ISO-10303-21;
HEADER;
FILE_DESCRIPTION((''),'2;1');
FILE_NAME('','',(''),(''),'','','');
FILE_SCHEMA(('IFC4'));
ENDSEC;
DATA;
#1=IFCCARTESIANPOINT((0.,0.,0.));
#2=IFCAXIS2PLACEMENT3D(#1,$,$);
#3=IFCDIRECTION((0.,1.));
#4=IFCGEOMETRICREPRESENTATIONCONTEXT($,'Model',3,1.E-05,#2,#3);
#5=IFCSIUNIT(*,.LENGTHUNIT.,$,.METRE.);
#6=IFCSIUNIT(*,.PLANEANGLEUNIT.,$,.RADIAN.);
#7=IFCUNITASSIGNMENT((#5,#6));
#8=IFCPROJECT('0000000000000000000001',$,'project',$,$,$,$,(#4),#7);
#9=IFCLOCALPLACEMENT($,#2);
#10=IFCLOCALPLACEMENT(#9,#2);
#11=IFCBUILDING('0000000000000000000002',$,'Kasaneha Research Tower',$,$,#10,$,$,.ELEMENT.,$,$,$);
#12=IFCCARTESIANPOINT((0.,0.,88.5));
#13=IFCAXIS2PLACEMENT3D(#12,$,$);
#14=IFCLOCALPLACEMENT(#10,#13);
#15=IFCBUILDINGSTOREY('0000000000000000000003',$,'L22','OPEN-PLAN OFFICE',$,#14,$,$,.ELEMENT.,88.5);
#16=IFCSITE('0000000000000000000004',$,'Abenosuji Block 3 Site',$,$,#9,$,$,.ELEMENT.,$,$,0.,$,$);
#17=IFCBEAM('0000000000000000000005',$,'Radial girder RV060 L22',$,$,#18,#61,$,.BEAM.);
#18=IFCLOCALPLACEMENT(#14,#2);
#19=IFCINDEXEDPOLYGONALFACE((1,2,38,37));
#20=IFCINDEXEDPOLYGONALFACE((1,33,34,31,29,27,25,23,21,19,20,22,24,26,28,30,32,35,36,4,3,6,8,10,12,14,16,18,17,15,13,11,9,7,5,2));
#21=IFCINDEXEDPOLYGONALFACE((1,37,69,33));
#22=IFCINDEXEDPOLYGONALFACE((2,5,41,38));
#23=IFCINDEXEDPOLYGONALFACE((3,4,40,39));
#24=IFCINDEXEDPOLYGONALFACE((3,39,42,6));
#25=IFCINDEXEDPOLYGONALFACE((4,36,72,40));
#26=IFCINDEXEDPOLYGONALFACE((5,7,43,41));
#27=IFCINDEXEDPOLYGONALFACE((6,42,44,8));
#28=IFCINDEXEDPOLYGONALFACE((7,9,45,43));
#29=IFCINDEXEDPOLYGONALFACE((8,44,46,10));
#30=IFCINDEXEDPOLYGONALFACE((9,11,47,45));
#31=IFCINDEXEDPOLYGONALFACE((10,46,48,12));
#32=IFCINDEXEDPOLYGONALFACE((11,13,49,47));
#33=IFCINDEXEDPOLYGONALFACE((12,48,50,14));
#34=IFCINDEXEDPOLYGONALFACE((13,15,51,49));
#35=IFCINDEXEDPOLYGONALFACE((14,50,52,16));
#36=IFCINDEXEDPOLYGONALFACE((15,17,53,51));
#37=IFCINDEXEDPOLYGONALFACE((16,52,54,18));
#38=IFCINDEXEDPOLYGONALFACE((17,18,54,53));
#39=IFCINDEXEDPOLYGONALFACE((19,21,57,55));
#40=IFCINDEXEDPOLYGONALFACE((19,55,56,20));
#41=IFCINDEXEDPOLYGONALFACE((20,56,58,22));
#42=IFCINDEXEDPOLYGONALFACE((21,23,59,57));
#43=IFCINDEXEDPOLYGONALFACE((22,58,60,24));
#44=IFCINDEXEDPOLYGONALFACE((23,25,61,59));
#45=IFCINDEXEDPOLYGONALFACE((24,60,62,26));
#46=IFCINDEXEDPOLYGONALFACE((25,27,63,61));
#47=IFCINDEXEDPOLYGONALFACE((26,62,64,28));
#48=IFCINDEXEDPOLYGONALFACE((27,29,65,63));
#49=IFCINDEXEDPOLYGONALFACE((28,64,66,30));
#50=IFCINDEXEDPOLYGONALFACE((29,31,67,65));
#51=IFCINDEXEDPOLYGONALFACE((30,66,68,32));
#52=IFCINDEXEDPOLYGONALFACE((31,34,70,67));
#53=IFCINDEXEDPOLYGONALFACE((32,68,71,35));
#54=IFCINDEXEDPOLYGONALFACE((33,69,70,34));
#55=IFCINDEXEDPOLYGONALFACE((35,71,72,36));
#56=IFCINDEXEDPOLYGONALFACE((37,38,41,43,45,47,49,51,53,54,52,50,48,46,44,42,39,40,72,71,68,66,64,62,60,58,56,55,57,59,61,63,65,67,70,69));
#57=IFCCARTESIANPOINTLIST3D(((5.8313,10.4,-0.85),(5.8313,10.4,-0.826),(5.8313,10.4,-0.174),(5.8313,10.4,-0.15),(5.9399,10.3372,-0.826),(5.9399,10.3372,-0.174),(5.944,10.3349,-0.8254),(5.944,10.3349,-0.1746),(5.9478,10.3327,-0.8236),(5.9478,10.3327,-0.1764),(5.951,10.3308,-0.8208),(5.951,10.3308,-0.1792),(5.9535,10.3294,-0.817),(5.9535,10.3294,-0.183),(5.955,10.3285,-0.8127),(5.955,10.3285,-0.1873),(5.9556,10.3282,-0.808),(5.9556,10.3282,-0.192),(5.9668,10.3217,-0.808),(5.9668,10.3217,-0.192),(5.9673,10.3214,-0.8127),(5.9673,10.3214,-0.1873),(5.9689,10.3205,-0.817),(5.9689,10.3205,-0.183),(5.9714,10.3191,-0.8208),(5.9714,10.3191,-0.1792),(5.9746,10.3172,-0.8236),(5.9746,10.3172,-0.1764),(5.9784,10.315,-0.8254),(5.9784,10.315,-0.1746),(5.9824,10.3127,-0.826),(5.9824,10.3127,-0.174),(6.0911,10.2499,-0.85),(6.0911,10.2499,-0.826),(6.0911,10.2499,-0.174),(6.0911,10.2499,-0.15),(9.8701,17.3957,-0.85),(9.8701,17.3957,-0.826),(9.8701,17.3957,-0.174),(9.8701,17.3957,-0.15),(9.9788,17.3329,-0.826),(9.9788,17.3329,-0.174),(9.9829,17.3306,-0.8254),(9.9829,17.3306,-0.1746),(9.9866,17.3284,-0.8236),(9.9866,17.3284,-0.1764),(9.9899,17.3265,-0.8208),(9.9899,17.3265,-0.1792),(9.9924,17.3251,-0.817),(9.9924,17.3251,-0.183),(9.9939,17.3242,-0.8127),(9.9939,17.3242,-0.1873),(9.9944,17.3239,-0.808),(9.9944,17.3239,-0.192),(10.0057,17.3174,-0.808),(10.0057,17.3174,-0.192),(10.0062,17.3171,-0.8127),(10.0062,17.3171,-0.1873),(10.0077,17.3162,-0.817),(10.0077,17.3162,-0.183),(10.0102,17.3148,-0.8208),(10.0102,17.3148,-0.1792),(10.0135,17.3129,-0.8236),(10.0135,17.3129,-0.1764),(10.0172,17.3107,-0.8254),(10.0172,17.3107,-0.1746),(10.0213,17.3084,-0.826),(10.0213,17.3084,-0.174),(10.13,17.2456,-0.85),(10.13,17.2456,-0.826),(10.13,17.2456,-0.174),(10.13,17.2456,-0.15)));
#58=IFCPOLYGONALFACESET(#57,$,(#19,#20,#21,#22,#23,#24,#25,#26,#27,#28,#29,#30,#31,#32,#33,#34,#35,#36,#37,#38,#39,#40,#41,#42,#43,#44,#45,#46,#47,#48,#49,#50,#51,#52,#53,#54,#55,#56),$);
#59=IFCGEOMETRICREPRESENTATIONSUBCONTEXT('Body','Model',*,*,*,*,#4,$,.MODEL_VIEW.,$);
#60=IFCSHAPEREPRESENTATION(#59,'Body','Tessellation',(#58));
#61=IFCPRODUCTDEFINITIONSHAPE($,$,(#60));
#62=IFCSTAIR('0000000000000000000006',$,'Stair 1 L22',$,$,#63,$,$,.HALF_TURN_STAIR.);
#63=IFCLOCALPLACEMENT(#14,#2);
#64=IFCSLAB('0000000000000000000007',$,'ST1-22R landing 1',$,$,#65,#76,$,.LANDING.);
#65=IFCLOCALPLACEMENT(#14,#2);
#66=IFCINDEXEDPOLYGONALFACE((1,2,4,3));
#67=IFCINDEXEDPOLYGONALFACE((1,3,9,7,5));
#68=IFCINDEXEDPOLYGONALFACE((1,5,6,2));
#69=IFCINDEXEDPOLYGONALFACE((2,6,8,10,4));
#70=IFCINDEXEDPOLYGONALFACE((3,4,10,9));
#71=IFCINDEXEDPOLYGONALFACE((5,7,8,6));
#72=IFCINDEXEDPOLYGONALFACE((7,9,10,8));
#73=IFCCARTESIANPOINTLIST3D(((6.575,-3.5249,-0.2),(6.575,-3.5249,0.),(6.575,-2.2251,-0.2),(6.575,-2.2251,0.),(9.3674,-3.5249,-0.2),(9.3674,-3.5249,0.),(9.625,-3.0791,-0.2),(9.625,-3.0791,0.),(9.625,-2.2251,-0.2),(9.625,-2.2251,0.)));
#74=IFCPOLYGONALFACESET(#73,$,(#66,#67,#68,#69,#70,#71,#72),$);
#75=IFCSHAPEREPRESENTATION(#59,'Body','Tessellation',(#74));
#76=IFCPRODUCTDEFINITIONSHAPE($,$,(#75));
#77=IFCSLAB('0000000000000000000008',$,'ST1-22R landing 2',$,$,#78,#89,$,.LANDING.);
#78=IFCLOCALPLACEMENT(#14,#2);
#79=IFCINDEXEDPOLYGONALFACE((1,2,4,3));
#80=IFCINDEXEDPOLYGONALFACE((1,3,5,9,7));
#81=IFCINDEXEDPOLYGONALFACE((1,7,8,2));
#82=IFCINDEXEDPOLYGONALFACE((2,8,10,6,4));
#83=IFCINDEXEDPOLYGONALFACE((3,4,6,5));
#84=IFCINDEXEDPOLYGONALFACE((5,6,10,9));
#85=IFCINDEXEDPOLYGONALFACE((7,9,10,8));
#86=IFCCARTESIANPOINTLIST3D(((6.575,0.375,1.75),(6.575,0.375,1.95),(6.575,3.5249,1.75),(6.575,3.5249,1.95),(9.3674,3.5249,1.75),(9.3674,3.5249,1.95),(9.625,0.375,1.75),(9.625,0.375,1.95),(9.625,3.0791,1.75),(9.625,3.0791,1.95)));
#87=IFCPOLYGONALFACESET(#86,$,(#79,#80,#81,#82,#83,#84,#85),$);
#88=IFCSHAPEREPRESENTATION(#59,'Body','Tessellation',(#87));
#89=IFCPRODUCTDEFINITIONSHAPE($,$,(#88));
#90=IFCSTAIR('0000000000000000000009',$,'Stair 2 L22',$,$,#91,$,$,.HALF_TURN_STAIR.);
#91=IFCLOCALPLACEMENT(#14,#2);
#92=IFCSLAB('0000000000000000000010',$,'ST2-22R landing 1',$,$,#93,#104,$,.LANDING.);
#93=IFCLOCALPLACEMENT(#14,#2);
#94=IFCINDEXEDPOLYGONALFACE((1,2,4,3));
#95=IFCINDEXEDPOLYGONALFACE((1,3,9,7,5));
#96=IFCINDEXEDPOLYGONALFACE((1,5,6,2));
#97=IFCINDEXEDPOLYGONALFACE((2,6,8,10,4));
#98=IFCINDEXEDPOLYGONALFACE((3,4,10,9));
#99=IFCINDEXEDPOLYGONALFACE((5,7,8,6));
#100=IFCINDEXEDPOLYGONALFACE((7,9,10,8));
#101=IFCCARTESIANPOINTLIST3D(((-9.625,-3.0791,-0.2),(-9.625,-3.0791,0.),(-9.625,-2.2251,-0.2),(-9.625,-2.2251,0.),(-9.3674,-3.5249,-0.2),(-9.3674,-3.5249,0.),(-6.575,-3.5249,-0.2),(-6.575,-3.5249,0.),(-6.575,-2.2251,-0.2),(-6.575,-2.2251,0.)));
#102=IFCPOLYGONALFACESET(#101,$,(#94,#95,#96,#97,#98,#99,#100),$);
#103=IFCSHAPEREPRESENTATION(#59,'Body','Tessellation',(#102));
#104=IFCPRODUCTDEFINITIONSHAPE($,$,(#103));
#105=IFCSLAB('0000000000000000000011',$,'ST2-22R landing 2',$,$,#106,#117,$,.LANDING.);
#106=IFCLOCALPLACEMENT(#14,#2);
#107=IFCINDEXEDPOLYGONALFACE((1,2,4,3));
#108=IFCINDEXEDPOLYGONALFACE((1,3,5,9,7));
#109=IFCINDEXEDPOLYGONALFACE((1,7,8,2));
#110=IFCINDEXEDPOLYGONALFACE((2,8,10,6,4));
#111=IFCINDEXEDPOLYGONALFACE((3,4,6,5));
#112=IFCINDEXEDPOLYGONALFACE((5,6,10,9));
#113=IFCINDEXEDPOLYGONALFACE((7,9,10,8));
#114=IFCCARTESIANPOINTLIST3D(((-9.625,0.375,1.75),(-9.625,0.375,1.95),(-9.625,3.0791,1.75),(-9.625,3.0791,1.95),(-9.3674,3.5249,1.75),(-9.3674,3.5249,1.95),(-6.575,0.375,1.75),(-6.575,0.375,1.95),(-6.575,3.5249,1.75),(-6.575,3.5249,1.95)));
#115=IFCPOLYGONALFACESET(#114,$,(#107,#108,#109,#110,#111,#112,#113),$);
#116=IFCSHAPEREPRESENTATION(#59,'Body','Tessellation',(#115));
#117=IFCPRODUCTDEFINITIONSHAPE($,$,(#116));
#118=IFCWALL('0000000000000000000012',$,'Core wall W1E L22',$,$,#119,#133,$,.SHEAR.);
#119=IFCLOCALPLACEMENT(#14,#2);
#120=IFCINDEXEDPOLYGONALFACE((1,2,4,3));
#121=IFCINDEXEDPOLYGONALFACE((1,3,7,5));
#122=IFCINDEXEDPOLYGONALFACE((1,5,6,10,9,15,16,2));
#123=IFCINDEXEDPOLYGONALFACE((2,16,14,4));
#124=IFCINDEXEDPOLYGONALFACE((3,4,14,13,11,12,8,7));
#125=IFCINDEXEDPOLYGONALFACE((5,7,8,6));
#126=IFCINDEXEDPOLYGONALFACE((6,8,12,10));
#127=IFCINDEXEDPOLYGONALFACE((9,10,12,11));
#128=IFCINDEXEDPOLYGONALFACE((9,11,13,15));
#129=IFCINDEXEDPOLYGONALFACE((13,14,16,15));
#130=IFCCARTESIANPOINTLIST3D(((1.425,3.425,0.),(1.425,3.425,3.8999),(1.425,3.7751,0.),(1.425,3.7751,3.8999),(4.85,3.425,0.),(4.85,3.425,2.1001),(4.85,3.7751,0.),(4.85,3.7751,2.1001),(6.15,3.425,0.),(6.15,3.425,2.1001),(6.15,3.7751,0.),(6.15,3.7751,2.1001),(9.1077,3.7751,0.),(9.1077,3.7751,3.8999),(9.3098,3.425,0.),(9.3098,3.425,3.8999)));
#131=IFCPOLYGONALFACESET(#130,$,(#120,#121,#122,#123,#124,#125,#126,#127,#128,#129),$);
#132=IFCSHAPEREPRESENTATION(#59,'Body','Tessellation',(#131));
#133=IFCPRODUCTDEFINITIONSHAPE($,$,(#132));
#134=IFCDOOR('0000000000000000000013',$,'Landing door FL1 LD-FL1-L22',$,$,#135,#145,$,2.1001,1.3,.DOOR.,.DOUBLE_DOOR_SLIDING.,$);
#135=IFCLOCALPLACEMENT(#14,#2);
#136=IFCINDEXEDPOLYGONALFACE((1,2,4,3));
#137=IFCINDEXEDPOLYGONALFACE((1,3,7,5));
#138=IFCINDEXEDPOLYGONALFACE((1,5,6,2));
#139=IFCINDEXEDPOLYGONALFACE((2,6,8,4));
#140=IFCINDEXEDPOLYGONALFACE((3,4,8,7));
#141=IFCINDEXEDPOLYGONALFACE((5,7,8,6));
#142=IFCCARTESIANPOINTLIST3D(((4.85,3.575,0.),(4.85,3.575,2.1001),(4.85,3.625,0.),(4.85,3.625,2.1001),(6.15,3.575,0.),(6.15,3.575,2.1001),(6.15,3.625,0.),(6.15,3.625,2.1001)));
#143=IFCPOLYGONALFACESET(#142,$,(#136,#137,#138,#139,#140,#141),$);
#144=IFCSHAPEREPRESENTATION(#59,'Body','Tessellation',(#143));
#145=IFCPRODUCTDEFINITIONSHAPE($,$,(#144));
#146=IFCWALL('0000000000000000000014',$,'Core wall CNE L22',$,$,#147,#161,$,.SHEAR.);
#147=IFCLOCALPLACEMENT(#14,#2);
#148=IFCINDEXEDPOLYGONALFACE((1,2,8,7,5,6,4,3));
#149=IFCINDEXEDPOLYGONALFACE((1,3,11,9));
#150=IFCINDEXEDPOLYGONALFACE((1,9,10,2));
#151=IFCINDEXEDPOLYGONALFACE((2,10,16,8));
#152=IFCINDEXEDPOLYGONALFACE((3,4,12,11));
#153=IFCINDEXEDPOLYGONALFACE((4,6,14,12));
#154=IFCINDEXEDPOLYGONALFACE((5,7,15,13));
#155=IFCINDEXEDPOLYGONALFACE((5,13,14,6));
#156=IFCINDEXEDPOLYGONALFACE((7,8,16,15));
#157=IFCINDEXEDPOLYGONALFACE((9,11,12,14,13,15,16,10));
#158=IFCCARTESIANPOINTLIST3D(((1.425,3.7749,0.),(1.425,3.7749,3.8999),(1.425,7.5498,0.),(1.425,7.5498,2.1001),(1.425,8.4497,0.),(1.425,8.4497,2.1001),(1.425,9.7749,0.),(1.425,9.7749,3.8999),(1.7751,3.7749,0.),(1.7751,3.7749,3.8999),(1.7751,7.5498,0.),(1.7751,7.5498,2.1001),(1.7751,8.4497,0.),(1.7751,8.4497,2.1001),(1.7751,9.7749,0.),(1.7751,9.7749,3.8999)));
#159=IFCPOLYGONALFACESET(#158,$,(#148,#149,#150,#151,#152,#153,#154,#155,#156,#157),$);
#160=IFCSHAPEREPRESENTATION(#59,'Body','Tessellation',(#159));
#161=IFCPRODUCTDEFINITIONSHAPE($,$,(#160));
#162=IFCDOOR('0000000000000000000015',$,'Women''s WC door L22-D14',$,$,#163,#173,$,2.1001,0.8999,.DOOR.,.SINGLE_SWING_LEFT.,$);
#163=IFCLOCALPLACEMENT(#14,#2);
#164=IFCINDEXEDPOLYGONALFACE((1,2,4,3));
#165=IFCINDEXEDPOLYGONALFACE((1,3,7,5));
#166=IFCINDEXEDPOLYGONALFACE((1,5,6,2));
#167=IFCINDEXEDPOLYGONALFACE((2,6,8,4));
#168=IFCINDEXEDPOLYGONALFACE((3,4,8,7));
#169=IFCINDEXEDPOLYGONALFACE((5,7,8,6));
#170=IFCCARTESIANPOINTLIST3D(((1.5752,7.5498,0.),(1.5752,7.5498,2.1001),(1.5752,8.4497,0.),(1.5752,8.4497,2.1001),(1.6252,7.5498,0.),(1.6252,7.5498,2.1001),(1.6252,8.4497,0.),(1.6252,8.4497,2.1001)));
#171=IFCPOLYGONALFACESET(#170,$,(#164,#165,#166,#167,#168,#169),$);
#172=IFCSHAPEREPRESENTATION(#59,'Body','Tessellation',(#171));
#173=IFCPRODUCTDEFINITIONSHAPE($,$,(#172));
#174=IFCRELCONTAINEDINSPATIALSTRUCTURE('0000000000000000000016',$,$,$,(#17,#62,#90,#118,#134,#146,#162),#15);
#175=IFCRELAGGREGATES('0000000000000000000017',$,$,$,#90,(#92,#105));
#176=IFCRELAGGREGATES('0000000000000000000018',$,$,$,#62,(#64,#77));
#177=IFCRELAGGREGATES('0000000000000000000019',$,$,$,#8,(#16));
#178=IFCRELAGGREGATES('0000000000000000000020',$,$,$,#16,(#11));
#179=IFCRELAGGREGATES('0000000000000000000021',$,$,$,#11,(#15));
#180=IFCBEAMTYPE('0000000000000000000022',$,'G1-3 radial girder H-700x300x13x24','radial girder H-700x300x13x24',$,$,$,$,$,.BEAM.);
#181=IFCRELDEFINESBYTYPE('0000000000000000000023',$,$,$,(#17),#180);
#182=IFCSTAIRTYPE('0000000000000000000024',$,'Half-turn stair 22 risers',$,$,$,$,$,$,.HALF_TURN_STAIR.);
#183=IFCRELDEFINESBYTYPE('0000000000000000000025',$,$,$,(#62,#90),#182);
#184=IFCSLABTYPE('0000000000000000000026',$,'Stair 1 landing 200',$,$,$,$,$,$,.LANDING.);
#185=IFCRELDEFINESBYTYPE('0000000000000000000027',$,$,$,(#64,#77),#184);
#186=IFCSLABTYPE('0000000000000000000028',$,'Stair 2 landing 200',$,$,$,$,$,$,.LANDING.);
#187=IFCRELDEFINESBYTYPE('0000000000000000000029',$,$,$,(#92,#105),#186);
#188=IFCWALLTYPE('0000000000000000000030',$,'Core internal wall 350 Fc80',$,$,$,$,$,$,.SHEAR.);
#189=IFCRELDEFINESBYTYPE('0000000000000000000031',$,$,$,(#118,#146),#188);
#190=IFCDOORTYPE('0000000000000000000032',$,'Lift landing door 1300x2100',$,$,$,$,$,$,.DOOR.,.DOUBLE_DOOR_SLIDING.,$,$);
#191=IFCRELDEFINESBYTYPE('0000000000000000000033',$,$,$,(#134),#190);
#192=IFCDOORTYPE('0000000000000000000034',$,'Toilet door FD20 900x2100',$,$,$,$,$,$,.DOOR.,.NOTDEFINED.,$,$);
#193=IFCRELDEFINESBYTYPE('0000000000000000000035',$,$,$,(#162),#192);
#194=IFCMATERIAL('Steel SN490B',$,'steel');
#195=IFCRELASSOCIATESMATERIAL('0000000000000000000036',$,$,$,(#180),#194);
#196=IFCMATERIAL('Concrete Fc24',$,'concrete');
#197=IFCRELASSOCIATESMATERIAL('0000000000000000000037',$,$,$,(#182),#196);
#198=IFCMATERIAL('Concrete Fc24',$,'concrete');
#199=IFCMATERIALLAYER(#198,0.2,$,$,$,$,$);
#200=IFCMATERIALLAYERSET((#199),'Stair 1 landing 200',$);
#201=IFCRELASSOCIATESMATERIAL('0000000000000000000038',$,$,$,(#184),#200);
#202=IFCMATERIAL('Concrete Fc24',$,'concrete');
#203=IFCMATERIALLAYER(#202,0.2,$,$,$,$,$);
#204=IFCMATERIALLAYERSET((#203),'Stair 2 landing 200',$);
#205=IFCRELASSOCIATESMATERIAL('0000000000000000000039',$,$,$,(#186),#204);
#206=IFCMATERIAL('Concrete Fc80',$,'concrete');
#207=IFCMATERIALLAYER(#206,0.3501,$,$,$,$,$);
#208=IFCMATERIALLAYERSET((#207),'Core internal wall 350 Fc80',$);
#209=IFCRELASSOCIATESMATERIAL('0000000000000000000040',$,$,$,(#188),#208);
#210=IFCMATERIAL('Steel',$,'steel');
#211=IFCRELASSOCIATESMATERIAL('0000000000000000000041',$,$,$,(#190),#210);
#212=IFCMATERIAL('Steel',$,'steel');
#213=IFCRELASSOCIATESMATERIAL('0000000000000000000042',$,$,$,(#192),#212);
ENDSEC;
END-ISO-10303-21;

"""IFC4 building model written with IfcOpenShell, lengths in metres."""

from ifc_helpers import new_model, si_unit, direction, frame, frame_2d, origin, origin_2d, place, context, subcontext, project, spatial, polyline, rectangle, i_section, outline, extrude, material, layer, layer_set, material_profile, profile_set, type_object, element, fill, aggregate, save


model = new_model("IFC4")

# Units and contexts
model_context = context("Model", 3, precision=1e-05, world=origin(), true_north=direction((0.0, 1.0)))
body_context = subcontext(model_context, "Body", "Model", "MODEL_VIEW")
ifc_project = project(units=[si_unit("LENGTHUNIT", "METRE"), si_unit("PLANEANGLEUNIT", "RADIAN")], contexts=[model_context])

# Site, building, storey
site_placement = place(None, origin())
site = spatial("IfcSite", under=ifc_project, at=site_placement, Name="Abenosuji Block 3 Site", CompositionType="ELEMENT", RefElevation=0.0)
building_placement = place(site_placement, origin())
building = spatial("IfcBuilding", under=site, at=building_placement, Name="Kasaneha Research Tower", CompositionType="ELEMENT")
storey_placement = place(building_placement, frame((0.0, 0.0, 88.5)))
storey = spatial("IfcBuildingStorey", under=building, at=storey_placement, Name="L22", Description="OPEN-PLAN OFFICE", CompositionType="ELEMENT", Elevation=88.5)

# Beam
ifc_material_1 = material(Name="Steel SN490B", Category="steel")
ifc_material_profile = material_profile(ifc_material_1, i_section(OverallWidth=0.3, OverallDepth=0.7, WebThickness=0.0129, FlangeThickness=0.0239, FilletRadius=0.0181, at=origin_2d()), Name="H-700x300x13x24")
ifc_profile_set = profile_set([ifc_material_profile], Name="Steel SN490B")
beam_type = type_object("IfcBeamType", Name="G1-3 radial girder H-700x300x13x24", Description="radial girder H-700x300x13x24", PredefinedType="BEAM", material=ifc_profile_set)
beam_placement = place(storey_placement, frame((5.9612, 10.325, -0.5), z_axis=(0.499991, 0.866031, 0.0), x_axis=(-0.866031, 0.499991, 0.0)))
element("IfcBeam", 1, at=beam_placement, inside=storey, type_object=beam_type, Name="Radial girder RV060 L22", PredefinedType="BEAM", context=body_context, shape_type="SweptSolid", body=[
    extrude(i_section(OverallWidth=0.3, OverallDepth=0.7, WebThickness=0.0129, FlangeThickness=0.0239, FilletRadius=0.0181, at=origin_2d()), origin(), (0.0, 0.0, 1.0), 8.0779),
])

# Stairs, slabs
ifc_material_2 = material(Name="Concrete Fc24", Category="concrete")
stair_type = type_object("IfcStairType", Name="Half-turn stair 22 risers", PredefinedType="HALF_TURN_STAIR", material=ifc_material_2)
stair_1_placement = place(storey_placement, origin())
stair_1 = element("IfcStair", 2, at=stair_1_placement, inside=storey, type_object=stair_type, Name="Stair 1 L22", PredefinedType="HALF_TURN_STAIR")
ifc_material_3 = material(Name="Concrete Fc24", Category="concrete")
ifc_layer_1 = layer(ifc_material_3, 0.2)
ifc_layer_set_1 = layer_set([ifc_layer_1], Name="Stair 1 landing 200")
slab_type_1 = type_object("IfcSlabType", Name="Stair 1 landing 200", PredefinedType="LANDING", material=ifc_layer_set_1)
slab_1_placement = place(storey_placement, frame((0.0, 0.0, -0.2)))
slab_1 = element("IfcSlab", 3, at=slab_1_placement, type_object=slab_type_1, Name="ST1-22R landing 1", PredefinedType="LANDING", context=body_context, shape_type="SweptSolid", body=[
    extrude(outline(polyline([(9.3674, -3.5249), (6.575, -3.5249), (6.575, -2.2251), (9.625, -2.2251), (9.625, -3.0791), (9.3674, -3.5249)])), origin(), (0.0, 0.0, 1.0), 0.2),
])
slab_2_placement = place(storey_placement, frame((0.0, 0.0, 1.75)))
slab_2 = element("IfcSlab", 4, at=slab_2_placement, type_object=slab_type_1, Name="ST1-22R landing 2", PredefinedType="LANDING", context=body_context, shape_type="SweptSolid", body=[
    extrude(outline(polyline([(6.575, 3.5249), (9.3674, 3.5249), (9.625, 3.0791), (9.625, 0.375), (6.575, 0.375), (6.575, 3.5249)])), origin(), (0.0, 0.0, 1.0), 0.2),
])
stair_2_placement = place(storey_placement, origin())
stair_2 = element("IfcStair", 5, at=stair_2_placement, inside=storey, type_object=stair_type, Name="Stair 2 L22", PredefinedType="HALF_TURN_STAIR")
ifc_material_4 = material(Name="Concrete Fc24", Category="concrete")
ifc_layer_2 = layer(ifc_material_4, 0.2)
ifc_layer_set_2 = layer_set([ifc_layer_2], Name="Stair 2 landing 200")
slab_type_2 = type_object("IfcSlabType", Name="Stair 2 landing 200", PredefinedType="LANDING", material=ifc_layer_set_2)
slab_3_placement = place(storey_placement, frame((0.0, 0.0, -0.2)))
slab_3 = element("IfcSlab", 6, at=slab_3_placement, type_object=slab_type_2, Name="ST2-22R landing 1", PredefinedType="LANDING", context=body_context, shape_type="SweptSolid", body=[
    extrude(outline(polyline([(-6.575, -3.5249), (-9.3674, -3.5249), (-9.625, -3.0791), (-9.625, -2.2251), (-6.575, -2.2251), (-6.575, -3.5249)])), origin(), (0.0, 0.0, 1.0), 0.2),
])
slab_4_placement = place(storey_placement, frame((0.0, 0.0, 1.75)))
slab_4 = element("IfcSlab", 7, at=slab_4_placement, type_object=slab_type_2, Name="ST2-22R landing 2", PredefinedType="LANDING", context=body_context, shape_type="SweptSolid", body=[
    extrude(outline(polyline([(-6.575, 0.375), (-9.625, 0.375), (-9.625, 3.0791), (-9.3674, 3.5249), (-6.575, 3.5249), (-6.575, 0.375)])), origin(), (0.0, 0.0, 1.0), 0.2),
])
aggregate(stair_2, [slab_3, slab_4])

# Walls, openings, doors
ifc_material_5 = material(Name="Concrete Fc80", Category="concrete")
ifc_layer_3 = layer(ifc_material_5, 0.3501)
ifc_layer_set_3 = layer_set([ifc_layer_3], Name="Core internal wall 350 Fc80")
wall_type_1 = type_object("IfcWallType", Name="Core internal wall 350 Fc80", PredefinedType="SHEAR", material=ifc_layer_set_3)
wall_1_placement = place(storey_placement, frame((1.425, 3.6001, 0.0), z_axis=(0.0, 0.0, 1.0), x_axis=(1.0, 0.0, 0.0)))
wall_1 = element("IfcWall", 8, at=wall_1_placement, inside=storey, type_object=wall_type_1, Name="Core wall W1E L22", PredefinedType="SHEAR", context=body_context, shape_type="SweptSolid", body=[
    extrude(outline(polyline([(0.0, -0.175), (3.425, -0.175), (4.7251, -0.175), (7.8848, -0.175), (7.6826, 0.175), (4.7251, 0.175), (3.425, 0.175), (0.0, 0.175), (0.0, -0.175)])), origin(), (0.0, 0.0, 1.0), 3.8999),
])
opening_1_placement = place(wall_1_placement, frame((3.425, 0.0, 0.0)))
opening_1 = element("IfcOpeningElement", 9, at=opening_1_placement, cuts=wall_1, PredefinedType="OPENING", context=body_context, shape_type="SweptSolid", body=[
    extrude(rectangle(XDim=1.3, YDim=2.1001, at=frame_2d((0.6499, 1.05))), frame((0.0, 0.1851, 0.0), z_axis=(0.0, -1.0, 0.0), x_axis=(1.0, 0.0, 0.0)), (0.0, 0.0, 1.0), 0.3701),
])
ifc_material_6 = material(Name="Steel", Category="steel")
door_type_1 = type_object("IfcDoorType", Name="Lift landing door 1300x2100", OperationType="DOUBLE_DOOR_SLIDING", PredefinedType="DOOR", material=ifc_material_6)
door_1_placement = place(opening_1_placement, origin())
door_1 = element("IfcDoor", 10, at=door_1_placement, inside=storey, type_object=door_type_1, Name="Landing door FL1 LD-FL1-L22", OperationType="DOUBLE_DOOR_SLIDING", OverallHeight=2.1001, OverallWidth=1.3, PredefinedType="DOOR", context=body_context, shape_type="SweptSolid", body=[
    extrude(rectangle(XDim=1.3, YDim=2.1001, at=frame_2d((0.6499, 1.05))), frame((0.0, 0.0249, 0.0), z_axis=(0.0, -1.0, 0.0), x_axis=(1.0, 0.0, 0.0)), (0.0, 0.0, 1.0), 0.05),
])
fill(opening_1, door_1)
wall_2_placement = place(storey_placement, frame((1.6001, 3.7749, 0.0), z_axis=(0.0, 0.0, 1.0), x_axis=(0.0, 1.0, 0.0)))
wall_2 = element("IfcWall", 11, at=wall_2_placement, inside=storey, type_object=wall_type_1, Name="Core wall CNE L22", PredefinedType="SHEAR", context=body_context, shape_type="SweptSolid", body=[
    extrude(rectangle(XDim=6.0, YDim=0.3501, at=frame_2d((3.0, 0.0))), origin(), (0.0, 0.0, 1.0), 3.8999),
])
opening_2_placement = place(wall_2_placement, frame((3.7749, 0.0, 0.0)))
opening_2 = element("IfcOpeningElement", 12, at=opening_2_placement, cuts=wall_2, PredefinedType="OPENING", context=body_context, shape_type="SweptSolid", body=[
    extrude(rectangle(XDim=0.8999, YDim=2.1001, at=frame_2d((0.45, 1.05))), frame((0.0, 0.1851, 0.0), z_axis=(0.0, -1.0, 0.0), x_axis=(1.0, 0.0, 0.0)), (0.0, 0.0, 1.0), 0.3701),
])
ifc_material_7 = material(Name="Steel", Category="steel")
door_type_2 = type_object("IfcDoorType", Name="Toilet door FD20 900x2100", OperationType="NOTDEFINED", PredefinedType="DOOR", material=ifc_material_7)
door_2_placement = place(opening_2_placement, origin())
door_2 = element("IfcDoor", 13, at=door_2_placement, inside=storey, type_object=door_type_2, Name="Women's WC door L22-D14", OperationType="SINGLE_SWING_LEFT", OverallHeight=2.1001, OverallWidth=0.8999, PredefinedType="DOOR", context=body_context, shape_type="SweptSolid", body=[
    extrude(rectangle(XDim=0.8999, YDim=2.1001, at=frame_2d((0.45, 1.05))), frame((0.0, 0.0249, 0.0), z_axis=(0.0, -1.0, 0.0), x_axis=(1.0, 0.0, 0.0)), (0.0, 0.0, 1.0), 0.05),
])
fill(opening_2, door_2)

aggregate(stair_1, [slab_1, slab_2])

save(model, "model.ifc")
